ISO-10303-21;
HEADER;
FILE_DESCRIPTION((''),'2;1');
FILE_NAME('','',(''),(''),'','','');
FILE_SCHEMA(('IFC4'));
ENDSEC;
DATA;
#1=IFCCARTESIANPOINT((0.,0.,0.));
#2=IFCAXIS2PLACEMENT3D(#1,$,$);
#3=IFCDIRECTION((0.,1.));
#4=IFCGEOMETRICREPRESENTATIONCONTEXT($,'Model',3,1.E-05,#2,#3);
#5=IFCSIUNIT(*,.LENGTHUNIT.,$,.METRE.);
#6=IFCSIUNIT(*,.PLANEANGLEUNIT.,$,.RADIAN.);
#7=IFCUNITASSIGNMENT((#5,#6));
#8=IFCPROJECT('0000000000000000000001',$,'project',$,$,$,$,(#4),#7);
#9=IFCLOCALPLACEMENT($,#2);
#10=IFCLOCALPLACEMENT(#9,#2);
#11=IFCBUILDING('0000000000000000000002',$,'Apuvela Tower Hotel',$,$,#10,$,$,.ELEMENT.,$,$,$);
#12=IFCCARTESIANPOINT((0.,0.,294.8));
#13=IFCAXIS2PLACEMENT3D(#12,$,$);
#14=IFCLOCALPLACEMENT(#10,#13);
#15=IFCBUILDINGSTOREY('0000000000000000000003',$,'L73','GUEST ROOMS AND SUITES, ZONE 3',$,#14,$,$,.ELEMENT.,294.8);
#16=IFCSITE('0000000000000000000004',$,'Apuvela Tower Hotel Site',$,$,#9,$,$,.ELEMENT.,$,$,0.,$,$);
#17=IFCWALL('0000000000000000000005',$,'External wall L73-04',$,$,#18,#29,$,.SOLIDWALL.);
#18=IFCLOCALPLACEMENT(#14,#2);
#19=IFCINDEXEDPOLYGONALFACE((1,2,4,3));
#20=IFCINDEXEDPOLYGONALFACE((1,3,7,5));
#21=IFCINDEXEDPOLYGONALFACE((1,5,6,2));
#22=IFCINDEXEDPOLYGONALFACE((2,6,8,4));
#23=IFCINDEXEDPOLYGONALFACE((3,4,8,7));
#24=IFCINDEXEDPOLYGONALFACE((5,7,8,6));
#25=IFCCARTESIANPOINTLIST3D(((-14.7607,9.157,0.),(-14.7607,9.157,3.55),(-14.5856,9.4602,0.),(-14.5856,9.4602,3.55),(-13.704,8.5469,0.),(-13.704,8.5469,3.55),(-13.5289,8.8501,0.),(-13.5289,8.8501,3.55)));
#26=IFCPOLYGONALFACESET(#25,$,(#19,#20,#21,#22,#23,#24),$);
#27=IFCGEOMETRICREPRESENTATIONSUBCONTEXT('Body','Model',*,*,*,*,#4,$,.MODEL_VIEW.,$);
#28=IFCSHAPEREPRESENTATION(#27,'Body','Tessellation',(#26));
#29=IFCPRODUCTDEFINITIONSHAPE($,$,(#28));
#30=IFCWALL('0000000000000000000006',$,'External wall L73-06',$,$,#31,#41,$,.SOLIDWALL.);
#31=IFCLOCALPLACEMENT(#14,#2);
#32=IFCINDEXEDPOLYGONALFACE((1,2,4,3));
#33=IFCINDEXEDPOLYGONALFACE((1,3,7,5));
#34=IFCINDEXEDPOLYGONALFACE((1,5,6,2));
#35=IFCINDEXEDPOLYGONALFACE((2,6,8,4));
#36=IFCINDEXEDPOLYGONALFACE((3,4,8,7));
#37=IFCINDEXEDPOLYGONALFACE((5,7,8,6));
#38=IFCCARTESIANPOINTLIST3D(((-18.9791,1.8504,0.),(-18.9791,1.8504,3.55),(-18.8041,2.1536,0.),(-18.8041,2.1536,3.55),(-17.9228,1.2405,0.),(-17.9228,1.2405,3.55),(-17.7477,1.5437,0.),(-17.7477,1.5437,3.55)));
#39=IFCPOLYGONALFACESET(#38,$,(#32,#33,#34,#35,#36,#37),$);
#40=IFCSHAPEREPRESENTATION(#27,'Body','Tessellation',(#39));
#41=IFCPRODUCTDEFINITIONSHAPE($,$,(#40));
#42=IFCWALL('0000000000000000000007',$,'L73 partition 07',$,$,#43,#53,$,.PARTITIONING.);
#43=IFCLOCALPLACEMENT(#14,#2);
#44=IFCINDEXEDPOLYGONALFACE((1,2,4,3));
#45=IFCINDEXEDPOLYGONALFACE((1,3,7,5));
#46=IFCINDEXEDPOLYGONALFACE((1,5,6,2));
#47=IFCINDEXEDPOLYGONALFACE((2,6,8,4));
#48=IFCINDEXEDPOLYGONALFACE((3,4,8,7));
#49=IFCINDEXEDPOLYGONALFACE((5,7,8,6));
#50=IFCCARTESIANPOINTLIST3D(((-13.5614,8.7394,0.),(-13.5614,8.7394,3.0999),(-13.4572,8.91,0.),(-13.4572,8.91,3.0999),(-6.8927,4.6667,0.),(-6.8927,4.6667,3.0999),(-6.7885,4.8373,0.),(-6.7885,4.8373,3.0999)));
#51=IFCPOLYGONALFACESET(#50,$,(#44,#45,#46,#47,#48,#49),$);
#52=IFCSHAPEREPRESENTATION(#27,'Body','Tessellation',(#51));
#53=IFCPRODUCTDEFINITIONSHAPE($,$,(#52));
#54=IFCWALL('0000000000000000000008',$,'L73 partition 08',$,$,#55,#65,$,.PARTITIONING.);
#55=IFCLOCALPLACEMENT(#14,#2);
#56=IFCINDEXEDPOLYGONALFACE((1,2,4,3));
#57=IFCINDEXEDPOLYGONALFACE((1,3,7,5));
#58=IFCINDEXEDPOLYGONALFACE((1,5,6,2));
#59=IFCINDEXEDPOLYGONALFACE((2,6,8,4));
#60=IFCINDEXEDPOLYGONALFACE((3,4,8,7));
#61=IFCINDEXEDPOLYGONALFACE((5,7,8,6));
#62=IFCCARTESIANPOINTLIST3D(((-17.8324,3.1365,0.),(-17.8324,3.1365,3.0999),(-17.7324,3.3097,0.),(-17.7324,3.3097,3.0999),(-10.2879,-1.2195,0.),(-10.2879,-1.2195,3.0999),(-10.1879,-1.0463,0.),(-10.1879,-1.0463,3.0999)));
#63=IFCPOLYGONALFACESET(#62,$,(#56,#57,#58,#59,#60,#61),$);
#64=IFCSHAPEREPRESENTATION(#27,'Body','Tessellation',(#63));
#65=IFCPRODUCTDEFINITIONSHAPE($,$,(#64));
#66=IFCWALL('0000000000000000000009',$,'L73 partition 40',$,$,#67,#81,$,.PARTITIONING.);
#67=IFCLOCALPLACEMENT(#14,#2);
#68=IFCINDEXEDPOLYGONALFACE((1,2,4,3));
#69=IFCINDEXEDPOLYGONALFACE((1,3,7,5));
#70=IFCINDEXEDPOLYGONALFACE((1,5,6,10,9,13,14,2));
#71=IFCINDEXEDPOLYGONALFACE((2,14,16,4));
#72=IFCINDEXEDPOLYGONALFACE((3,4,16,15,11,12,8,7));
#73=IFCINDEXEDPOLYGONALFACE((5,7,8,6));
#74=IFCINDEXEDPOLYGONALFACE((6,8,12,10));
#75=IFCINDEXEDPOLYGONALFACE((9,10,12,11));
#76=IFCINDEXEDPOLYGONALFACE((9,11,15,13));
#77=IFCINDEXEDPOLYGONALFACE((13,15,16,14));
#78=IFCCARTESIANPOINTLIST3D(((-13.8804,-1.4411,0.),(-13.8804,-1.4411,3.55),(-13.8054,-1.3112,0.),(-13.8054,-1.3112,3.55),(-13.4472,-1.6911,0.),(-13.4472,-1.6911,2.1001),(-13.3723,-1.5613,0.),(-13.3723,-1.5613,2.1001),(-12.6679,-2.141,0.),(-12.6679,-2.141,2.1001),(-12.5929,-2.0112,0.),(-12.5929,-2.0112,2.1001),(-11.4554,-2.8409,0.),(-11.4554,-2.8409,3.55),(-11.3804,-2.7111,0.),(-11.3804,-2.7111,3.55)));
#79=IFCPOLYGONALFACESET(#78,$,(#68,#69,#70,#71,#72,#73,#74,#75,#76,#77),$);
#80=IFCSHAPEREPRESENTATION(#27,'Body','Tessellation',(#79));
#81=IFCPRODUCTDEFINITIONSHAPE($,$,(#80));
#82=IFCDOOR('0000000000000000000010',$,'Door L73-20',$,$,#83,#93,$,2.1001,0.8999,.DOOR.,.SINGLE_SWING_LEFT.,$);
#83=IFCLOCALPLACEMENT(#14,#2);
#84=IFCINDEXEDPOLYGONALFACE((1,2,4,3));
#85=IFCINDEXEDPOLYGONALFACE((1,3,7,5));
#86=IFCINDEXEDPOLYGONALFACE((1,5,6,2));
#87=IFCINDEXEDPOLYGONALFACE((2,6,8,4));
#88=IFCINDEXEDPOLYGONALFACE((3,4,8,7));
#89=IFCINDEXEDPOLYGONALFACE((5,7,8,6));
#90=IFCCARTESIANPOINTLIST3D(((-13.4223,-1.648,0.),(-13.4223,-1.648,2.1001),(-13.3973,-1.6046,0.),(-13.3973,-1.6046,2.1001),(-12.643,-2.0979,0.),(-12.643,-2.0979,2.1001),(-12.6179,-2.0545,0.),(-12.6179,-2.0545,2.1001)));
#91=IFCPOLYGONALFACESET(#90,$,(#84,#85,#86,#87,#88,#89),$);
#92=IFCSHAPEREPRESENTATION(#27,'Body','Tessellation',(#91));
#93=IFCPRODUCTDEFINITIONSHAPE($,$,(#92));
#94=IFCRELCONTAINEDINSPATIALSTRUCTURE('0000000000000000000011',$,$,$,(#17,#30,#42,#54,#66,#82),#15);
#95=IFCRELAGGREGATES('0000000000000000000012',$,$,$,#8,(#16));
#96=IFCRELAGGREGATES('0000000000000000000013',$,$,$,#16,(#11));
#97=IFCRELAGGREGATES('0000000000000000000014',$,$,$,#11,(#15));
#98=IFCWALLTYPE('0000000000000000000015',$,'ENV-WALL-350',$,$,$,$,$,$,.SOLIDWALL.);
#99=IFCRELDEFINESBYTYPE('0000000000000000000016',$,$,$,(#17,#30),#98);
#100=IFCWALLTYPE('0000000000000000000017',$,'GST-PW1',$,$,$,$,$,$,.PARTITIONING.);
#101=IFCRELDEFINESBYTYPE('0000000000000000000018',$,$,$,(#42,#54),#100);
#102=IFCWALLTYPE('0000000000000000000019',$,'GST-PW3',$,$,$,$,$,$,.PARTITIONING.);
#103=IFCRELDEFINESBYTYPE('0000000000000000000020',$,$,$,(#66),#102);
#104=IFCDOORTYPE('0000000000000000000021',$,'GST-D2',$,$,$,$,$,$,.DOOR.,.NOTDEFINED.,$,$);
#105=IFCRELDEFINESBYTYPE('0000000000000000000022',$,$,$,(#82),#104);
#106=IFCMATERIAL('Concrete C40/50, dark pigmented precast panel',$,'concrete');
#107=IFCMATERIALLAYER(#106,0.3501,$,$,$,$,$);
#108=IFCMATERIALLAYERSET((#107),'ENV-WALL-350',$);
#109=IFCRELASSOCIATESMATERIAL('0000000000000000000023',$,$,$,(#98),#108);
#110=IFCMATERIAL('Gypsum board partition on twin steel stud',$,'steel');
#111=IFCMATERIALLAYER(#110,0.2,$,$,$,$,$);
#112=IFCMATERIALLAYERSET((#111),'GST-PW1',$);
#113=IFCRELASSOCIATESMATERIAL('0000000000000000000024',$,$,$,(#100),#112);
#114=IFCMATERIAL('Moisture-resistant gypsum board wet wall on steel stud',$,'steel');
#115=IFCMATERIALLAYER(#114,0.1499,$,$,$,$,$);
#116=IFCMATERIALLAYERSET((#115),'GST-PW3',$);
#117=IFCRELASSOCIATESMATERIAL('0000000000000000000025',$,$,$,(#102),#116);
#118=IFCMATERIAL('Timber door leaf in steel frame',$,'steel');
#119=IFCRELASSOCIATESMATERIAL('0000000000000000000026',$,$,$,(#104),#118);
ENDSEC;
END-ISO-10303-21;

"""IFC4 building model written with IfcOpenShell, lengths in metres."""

from ifc_helpers import new_model, si_unit, direction, frame, frame_2d, origin, place, context, subcontext, project, spatial, rectangle, extrude, material, layer, layer_set, type_object, element, fill, save


model = new_model("IFC4")

# Units and contexts
model_context = context("Model", 3, precision=1e-05, world=origin(), true_north=direction((0.0, 1.0)))
body_context = subcontext(model_context, "Body", "Model", "MODEL_VIEW")
ifc_project = project(units=[si_unit("LENGTHUNIT", "METRE"), si_unit("PLANEANGLEUNIT", "RADIAN")], contexts=[model_context])

# Site, building, storey
site_placement = place(None, origin())
site = spatial("IfcSite", under=ifc_project, at=site_placement, Name="Apuvela Tower Hotel Site", CompositionType="ELEMENT", RefElevation=0.0)
building_placement = place(site_placement, origin())
building = spatial("IfcBuilding", under=site, at=building_placement, Name="Apuvela Tower Hotel", CompositionType="ELEMENT")
storey_placement = place(building_placement, frame((0.0, 0.0, 294.8)))
storey = spatial("IfcBuildingStorey", under=building, at=storey_placement, Name="L73", Description="GUEST ROOMS AND SUITES, ZONE 3", CompositionType="ELEMENT", Elevation=294.8)

# Wall
ifc_material_1 = material(Name="Concrete C40/50, dark pigmented precast panel", Category="concrete")
ifc_layer_1 = layer(ifc_material_1, 0.3501)
ifc_layer_set_1 = layer_set([ifc_layer_1], Name="ENV-WALL-350")
wall_type_1 = type_object("IfcWallType", Name="ENV-WALL-350", PredefinedType="SOLIDWALL", material=ifc_layer_set_1)
wall_1_placement = place(storey_placement, frame((-13.6165, 8.6985, 0.0), z_axis=(0.0, 0.0, 1.0), x_axis=(-0.866006, 0.500034, 0.0)))
element("IfcWall", 1, at=wall_1_placement, inside=storey, type_object=wall_type_1, Name="External wall L73-04", PredefinedType="SOLIDWALL", context=body_context, shape_type="SweptSolid", body=[
    extrude(rectangle(XDim=1.2202, YDim=0.3501, at=frame_2d((0.6101, 0.0))), origin(), (0.0, 0.0, 1.0), 3.55),
])

# Wall
wall_2_placement = place(storey_placement, frame((-18.8916, 2.002, 0.0), z_axis=(0.0, 0.0, 1.0), x_axis=(0.866042, -0.499971, 0.0)))
element("IfcWall", 2, at=wall_2_placement, inside=storey, type_object=wall_type_1, Name="External wall L73-06", PredefinedType="SOLIDWALL", context=body_context, shape_type="SweptSolid", body=[
    extrude(rectangle(XDim=1.2197, YDim=0.3501, at=frame_2d((0.6099, 0.0))), origin(), (0.0, 0.0, 1.0), 3.55),
])

# Walls
ifc_material_2 = material(Name="Gypsum board partition on twin steel stud", Category="steel")
ifc_layer_2 = layer(ifc_material_2, 0.2)
ifc_layer_set_2 = layer_set([ifc_layer_2], Name="GST-PW1")
wall_type_2 = type_object("IfcWallType", Name="GST-PW1", PredefinedType="PARTITIONING", material=ifc_layer_set_2)
wall_3_placement = place(storey_placement, frame((-13.5093, 8.8247, 0.0), z_axis=(0.0, 0.0, 1.0), x_axis=(0.853428, -0.521211, 0.0)))
element("IfcWall", 3, at=wall_3_placement, inside=storey, type_object=wall_type_2, Name="L73 partition 07", PredefinedType="PARTITIONING", context=body_context, shape_type="SweptSolid", body=[
    extrude(rectangle(XDim=7.814, YDim=0.2, at=frame_2d((3.907, 0.0))), origin(), (0.0, 0.0, 1.0), 3.0999),
])
wall_4_placement = place(storey_placement, frame((-17.7825, 3.2231, 0.0), z_axis=(0.0, 0.0, 1.0), x_axis=(0.866017, -0.500015, 0.0)))
element("IfcWall", 4, at=wall_4_placement, inside=storey, type_object=wall_type_2, Name="L73 partition 08", PredefinedType="PARTITIONING", context=body_context, shape_type="SweptSolid", body=[
    extrude(rectangle(XDim=8.7117, YDim=0.2, at=frame_2d((4.356, 0.0))), origin(), (0.0, 0.0, 1.0), 3.0999),
])

# Wall, opening, door
ifc_material_3 = material(Name="Moisture-resistant gypsum board wet wall on steel stud", Category="steel")
ifc_layer_3 = layer(ifc_material_3, 0.1499)
ifc_layer_set_3 = layer_set([ifc_layer_3], Name="GST-PW3")
wall_type_3 = type_object("IfcWallType", Name="GST-PW3", PredefinedType="PARTITIONING", material=ifc_layer_set_3)
wall_5_placement = place(storey_placement, frame((-13.8428, -1.3762, 0.0), z_axis=(0.0, 0.0, 1.0), x_axis=(0.866056, -0.499946, 0.0)))
wall_5 = element("IfcWall", 5, at=wall_5_placement, inside=storey, type_object=wall_type_3, Name="L73 partition 40", PredefinedType="PARTITIONING", context=body_context, shape_type="SweptSolid", body=[
    extrude(rectangle(XDim=2.8, YDim=0.1499, at=frame_2d((1.3999, 0.0))), origin(), (0.0, 0.0, 1.0), 3.55),
])
opening_1_placement = place(wall_5_placement, frame((0.5, 0.0, 0.0)))
opening_1 = element("IfcOpeningElement", 6, at=opening_1_placement, cuts=wall_5, PredefinedType="OPENING", context=body_context, shape_type="SweptSolid", body=[
    extrude(rectangle(XDim=0.8999, YDim=2.1001, at=frame_2d((0.45, 1.05))), frame((0.0, 0.085, 0.0), z_axis=(0.0, -1.0, 0.0), x_axis=(1.0, 0.0, 0.0)), (0.0, 0.0, 1.0), 0.1699),
])
ifc_material_4 = material(Name="Timber door leaf in steel frame", Category="steel")
door_type_1 = type_object("IfcDoorType", Name="GST-D2", OperationType="NOTDEFINED", PredefinedType="DOOR", material=ifc_material_4)
door_1_placement = place(opening_1_placement, origin())
door_1 = element("IfcDoor", 7, at=door_1_placement, inside=storey, type_object=door_type_1, Name="Door L73-20", OperationType="SINGLE_SWING_LEFT", OverallHeight=2.1001, OverallWidth=0.8999, PredefinedType="DOOR", context=body_context, shape_type="SweptSolid", body=[
    extrude(rectangle(XDim=0.8999, YDim=2.1001, at=frame_2d((0.45, 1.05))), frame((0.0, 0.0249, 0.0), z_axis=(0.0, -1.0, 0.0), x_axis=(1.0, 0.0, 0.0)), (0.0, 0.0, 1.0), 0.05),
])
fill(opening_1, door_1)

save(model, "model.ifc")
